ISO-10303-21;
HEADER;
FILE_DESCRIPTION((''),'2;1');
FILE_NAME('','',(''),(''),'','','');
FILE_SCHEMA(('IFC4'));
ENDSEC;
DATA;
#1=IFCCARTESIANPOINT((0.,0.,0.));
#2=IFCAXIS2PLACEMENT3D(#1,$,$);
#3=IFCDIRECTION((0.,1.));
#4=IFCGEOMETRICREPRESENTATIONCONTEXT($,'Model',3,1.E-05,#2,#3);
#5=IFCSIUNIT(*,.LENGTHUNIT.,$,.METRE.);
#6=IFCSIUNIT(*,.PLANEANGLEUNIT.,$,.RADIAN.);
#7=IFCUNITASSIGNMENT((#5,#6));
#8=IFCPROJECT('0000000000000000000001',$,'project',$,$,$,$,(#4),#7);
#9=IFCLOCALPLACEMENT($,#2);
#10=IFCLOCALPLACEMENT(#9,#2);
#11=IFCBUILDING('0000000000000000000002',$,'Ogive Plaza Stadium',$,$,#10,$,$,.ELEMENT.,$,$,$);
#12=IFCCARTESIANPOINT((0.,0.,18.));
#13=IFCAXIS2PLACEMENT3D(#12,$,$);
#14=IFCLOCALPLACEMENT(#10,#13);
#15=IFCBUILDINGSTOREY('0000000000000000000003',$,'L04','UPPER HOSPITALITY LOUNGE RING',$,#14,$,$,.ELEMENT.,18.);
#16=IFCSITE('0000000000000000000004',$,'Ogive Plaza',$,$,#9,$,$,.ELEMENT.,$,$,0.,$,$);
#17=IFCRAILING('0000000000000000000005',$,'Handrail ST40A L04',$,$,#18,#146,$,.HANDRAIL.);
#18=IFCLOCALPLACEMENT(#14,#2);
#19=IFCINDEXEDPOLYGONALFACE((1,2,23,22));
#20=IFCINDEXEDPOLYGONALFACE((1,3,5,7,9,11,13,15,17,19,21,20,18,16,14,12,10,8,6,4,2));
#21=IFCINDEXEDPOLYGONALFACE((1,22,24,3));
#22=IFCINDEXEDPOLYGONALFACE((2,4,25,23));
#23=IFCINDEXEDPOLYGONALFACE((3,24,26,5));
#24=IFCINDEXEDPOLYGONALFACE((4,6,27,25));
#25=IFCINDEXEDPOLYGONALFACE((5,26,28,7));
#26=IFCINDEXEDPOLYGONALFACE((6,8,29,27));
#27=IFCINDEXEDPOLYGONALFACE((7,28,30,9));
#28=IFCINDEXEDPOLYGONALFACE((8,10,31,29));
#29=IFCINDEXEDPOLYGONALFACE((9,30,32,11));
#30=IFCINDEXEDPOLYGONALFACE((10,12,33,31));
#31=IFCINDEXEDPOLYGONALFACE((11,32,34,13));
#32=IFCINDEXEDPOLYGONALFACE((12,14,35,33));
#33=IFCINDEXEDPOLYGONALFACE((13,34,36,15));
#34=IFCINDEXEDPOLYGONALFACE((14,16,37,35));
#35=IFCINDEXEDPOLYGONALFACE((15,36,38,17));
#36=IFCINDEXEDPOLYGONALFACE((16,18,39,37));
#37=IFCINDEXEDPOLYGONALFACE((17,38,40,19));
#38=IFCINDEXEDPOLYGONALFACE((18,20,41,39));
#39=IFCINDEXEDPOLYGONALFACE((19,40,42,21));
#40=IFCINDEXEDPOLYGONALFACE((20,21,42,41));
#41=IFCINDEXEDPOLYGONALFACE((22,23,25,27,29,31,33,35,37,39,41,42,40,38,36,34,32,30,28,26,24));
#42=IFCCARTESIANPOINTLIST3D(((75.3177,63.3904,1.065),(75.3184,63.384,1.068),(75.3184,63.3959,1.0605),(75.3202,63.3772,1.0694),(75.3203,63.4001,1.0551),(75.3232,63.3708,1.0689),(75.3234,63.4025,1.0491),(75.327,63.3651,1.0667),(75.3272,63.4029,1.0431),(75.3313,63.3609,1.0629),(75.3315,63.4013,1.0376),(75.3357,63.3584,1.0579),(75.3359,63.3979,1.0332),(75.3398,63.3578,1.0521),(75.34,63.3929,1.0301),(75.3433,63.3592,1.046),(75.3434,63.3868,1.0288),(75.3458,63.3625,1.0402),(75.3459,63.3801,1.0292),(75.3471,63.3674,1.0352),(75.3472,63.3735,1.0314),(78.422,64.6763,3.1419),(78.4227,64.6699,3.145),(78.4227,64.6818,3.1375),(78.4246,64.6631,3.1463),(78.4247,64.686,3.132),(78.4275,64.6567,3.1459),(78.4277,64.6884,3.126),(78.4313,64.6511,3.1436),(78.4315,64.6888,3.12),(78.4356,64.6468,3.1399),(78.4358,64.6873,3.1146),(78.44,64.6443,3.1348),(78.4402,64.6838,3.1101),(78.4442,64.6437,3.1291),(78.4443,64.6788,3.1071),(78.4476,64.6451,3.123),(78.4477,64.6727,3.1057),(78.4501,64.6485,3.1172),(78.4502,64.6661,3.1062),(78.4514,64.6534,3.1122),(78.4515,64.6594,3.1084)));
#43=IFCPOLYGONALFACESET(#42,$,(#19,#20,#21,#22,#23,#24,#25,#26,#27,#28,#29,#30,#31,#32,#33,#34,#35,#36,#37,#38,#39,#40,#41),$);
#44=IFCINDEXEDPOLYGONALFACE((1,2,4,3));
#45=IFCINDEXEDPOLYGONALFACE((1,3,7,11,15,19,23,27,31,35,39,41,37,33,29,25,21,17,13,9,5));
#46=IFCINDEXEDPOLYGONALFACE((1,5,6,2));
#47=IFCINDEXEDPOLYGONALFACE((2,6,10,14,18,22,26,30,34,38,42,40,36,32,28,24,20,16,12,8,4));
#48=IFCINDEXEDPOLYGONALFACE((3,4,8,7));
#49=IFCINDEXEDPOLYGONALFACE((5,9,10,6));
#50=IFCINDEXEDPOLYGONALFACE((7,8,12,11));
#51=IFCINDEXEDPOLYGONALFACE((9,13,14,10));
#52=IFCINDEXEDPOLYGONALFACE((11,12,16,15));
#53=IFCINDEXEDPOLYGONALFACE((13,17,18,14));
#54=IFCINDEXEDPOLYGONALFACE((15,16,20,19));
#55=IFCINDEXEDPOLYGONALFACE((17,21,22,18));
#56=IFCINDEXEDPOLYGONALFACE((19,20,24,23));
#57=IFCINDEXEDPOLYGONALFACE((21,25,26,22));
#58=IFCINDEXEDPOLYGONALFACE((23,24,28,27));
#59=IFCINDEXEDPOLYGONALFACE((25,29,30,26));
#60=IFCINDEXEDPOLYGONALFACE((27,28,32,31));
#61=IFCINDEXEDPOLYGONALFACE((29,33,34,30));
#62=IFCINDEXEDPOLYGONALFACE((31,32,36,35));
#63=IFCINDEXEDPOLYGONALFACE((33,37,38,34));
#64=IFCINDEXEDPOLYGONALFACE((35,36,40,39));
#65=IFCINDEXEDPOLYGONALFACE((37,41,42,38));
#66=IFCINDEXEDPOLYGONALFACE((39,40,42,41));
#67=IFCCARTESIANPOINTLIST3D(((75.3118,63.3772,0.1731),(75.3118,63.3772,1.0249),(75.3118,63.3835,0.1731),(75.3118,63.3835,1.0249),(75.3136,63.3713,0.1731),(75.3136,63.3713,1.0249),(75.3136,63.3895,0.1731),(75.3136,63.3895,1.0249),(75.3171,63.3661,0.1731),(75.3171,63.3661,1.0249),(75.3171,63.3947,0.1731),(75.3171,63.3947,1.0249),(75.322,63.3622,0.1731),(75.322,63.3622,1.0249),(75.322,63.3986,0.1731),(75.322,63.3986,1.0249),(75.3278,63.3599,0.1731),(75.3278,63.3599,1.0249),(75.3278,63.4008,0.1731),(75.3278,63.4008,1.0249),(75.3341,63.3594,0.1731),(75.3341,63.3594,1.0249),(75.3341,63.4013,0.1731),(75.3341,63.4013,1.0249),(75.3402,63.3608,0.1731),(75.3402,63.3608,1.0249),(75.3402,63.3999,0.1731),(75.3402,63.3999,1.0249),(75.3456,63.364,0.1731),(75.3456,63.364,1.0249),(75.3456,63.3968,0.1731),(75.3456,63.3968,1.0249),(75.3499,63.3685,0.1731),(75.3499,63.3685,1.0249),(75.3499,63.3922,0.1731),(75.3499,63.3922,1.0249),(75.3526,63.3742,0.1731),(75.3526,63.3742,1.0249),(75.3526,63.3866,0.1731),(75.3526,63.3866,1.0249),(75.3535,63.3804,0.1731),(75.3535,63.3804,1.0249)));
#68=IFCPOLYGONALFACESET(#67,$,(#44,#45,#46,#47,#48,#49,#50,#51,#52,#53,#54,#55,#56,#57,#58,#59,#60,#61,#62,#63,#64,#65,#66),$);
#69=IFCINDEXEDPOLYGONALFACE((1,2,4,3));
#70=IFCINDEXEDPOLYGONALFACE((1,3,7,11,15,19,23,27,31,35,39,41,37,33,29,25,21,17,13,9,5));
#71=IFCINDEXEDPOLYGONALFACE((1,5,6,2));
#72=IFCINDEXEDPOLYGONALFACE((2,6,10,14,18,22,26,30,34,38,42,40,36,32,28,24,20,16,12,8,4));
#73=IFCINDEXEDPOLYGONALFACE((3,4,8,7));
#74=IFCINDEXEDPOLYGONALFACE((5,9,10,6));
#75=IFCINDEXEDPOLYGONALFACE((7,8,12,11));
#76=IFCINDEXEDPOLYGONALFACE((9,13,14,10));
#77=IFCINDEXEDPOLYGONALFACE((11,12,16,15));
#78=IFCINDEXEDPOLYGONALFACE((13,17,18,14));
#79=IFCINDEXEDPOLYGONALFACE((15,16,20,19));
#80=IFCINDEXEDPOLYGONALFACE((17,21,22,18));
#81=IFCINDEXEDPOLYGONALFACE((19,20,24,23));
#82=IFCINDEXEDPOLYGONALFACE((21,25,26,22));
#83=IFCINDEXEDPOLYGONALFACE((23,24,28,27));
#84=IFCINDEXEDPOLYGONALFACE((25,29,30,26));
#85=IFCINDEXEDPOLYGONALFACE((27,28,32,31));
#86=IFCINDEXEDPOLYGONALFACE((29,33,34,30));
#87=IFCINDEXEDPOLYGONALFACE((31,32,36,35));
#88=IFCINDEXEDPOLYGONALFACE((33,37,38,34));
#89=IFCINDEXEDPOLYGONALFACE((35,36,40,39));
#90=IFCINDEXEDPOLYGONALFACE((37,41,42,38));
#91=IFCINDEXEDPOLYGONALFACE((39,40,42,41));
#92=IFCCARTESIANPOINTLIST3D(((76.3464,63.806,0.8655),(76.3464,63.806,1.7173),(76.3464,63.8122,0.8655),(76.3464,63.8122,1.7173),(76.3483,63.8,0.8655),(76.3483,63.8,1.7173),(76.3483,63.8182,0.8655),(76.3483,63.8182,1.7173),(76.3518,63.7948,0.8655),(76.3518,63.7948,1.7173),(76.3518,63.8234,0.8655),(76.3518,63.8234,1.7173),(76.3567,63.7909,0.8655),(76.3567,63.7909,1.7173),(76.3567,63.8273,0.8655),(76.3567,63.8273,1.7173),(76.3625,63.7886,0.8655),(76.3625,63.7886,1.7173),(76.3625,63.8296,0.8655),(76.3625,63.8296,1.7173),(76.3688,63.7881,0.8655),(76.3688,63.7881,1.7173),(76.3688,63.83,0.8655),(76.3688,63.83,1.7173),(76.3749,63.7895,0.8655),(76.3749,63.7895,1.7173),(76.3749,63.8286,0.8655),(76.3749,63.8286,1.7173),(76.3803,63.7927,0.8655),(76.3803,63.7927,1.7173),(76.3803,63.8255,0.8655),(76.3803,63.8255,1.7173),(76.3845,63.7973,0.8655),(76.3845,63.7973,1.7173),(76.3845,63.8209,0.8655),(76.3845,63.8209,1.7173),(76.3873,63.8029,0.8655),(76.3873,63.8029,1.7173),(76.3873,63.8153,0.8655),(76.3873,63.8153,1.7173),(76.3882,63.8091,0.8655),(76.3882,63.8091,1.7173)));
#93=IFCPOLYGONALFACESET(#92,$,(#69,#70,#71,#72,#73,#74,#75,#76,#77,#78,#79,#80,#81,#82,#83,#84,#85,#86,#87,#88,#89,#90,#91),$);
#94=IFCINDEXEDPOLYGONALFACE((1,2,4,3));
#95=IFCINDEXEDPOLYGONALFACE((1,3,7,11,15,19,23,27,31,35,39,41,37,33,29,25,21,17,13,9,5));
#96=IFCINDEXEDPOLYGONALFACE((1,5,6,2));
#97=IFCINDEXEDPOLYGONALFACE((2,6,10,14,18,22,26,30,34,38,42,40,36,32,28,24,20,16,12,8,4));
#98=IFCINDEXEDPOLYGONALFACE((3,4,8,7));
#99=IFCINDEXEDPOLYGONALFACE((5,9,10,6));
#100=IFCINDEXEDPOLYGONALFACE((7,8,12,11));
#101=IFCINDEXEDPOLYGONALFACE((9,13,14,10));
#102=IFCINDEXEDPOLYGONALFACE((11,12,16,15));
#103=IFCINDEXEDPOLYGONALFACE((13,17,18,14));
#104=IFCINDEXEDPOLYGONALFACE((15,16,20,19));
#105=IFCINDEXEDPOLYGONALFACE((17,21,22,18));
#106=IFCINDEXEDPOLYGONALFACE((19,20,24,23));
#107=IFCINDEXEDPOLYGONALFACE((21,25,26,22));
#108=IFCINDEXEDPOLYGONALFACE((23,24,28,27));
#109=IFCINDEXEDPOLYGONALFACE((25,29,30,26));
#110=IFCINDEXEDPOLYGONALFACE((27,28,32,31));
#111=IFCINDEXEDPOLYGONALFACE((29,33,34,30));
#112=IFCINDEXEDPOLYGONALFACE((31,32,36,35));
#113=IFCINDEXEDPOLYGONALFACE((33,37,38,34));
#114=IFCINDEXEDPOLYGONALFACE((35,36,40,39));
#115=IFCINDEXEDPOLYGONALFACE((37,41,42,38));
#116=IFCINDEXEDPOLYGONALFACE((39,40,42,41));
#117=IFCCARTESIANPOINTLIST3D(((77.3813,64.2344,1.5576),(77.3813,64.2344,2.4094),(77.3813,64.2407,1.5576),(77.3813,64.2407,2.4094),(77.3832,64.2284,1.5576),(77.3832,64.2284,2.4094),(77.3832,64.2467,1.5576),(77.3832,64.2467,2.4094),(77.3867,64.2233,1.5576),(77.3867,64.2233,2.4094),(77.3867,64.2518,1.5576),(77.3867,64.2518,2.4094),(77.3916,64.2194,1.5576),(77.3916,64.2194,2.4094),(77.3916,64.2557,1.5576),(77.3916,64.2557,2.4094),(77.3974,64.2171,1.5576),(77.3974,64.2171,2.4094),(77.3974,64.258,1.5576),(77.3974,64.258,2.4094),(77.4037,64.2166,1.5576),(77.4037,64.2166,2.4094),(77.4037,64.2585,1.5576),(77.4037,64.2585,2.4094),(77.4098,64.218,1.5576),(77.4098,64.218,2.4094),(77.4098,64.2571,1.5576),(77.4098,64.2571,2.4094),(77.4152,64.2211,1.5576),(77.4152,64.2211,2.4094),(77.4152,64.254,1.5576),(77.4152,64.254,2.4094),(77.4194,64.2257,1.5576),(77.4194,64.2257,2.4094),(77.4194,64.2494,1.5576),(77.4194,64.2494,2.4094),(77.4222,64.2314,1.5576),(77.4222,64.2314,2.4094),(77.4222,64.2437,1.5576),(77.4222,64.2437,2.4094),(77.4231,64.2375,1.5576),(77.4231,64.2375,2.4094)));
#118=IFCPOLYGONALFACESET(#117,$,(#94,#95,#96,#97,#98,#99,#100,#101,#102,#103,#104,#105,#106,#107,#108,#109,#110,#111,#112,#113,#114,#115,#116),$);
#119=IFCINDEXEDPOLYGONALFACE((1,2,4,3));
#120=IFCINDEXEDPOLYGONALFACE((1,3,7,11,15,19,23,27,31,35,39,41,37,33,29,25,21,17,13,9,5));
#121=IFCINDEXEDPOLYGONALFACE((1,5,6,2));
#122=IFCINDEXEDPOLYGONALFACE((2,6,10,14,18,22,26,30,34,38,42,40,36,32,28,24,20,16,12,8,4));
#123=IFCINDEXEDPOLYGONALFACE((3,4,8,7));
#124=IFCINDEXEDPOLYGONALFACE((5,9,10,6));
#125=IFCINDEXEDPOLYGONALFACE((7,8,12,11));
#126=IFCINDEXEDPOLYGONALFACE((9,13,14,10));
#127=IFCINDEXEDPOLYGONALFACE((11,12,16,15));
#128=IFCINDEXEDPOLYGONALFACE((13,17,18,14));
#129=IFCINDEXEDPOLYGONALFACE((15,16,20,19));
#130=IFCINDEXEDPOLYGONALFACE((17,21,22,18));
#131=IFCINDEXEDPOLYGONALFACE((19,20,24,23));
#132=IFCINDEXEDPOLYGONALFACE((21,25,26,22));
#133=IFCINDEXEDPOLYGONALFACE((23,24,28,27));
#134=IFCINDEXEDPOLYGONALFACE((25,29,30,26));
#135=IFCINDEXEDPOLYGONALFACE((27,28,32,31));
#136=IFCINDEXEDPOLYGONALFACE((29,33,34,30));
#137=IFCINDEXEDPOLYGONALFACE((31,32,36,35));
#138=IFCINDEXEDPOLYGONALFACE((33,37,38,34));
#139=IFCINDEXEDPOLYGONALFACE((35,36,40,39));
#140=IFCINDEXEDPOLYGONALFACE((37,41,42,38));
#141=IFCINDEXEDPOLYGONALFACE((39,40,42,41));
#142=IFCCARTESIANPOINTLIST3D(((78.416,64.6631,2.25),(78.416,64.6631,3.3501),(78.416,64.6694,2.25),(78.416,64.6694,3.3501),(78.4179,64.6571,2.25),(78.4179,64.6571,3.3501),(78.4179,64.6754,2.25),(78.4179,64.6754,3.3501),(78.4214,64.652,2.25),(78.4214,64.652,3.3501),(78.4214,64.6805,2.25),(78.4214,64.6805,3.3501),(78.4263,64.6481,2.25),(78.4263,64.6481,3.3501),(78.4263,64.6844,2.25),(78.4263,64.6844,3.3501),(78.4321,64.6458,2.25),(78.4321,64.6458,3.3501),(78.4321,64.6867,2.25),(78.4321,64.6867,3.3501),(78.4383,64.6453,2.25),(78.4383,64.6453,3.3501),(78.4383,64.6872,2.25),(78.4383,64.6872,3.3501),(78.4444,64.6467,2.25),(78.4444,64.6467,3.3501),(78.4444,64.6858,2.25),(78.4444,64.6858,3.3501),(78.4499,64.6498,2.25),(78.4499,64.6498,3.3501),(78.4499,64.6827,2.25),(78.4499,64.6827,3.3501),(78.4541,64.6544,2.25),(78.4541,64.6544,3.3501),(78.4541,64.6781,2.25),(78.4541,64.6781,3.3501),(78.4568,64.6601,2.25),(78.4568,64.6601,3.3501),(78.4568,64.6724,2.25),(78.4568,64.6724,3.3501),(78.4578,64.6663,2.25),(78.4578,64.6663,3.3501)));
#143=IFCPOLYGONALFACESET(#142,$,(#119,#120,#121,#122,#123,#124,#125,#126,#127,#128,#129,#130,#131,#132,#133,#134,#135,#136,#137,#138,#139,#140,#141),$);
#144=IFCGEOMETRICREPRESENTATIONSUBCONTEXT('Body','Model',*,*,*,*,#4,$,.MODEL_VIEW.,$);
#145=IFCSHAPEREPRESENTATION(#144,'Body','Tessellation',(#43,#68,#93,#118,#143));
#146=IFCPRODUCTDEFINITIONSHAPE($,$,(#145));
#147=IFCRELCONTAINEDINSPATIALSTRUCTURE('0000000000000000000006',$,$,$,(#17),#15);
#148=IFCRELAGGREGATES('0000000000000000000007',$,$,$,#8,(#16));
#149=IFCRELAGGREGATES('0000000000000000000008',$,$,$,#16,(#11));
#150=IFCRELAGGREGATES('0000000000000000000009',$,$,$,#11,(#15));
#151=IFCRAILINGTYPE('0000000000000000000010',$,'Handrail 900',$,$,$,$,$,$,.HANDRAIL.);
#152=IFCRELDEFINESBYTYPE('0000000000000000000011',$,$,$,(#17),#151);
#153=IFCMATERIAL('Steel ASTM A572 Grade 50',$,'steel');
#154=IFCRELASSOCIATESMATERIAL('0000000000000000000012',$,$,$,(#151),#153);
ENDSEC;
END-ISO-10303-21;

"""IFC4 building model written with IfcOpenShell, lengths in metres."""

from ifc_helpers import new_model, si_unit, direction, frame, origin, origin_2d, place, context, subcontext, project, spatial, circle, extrude, material, type_object, element, save


model = new_model("IFC4")

# Units and contexts
model_context = context("Model", 3, precision=1e-05, world=origin(), true_north=direction((0.0, 1.0)))
body_context = subcontext(model_context, "Body", "Model", "MODEL_VIEW")
ifc_project = project(units=[si_unit("LENGTHUNIT", "METRE"), si_unit("PLANEANGLEUNIT", "RADIAN")], contexts=[model_context])

# Site, building, storey
site_placement = place(None, origin())
site = spatial("IfcSite", under=ifc_project, at=site_placement, Name="Ogive Plaza", CompositionType="ELEMENT", RefElevation=0.0)
building_placement = place(site_placement, origin())
building = spatial("IfcBuilding", under=site, at=building_placement, Name="Ogive Plaza Stadium", CompositionType="ELEMENT")
storey_placement = place(building_placement, frame((0.0, 0.0, 18.0)))
storey = spatial("IfcBuildingStorey", under=building, at=storey_placement, Name="L04", Description="UPPER HOSPITALITY LOUNGE RING", CompositionType="ELEMENT", Elevation=18.0)

# Railing
ifc_material_1 = material(Name="Steel ASTM A572 Grade 50", Category="steel")
railing_type_1 = type_object("IfcRailingType", Name="Handrail 900", PredefinedType="HANDRAIL", material=ifc_material_1)
for number, where, name in (
    (1, (75.3325, 63.3804, 0.1731), "Handrail ST40A L04"),
):
    element("IfcRailing", number, at=place(storey_placement, frame(where)), inside=storey, type_object=railing_type_1, Name=name, PredefinedType="HANDRAIL", context=body_context, shape_type="SweptSolid", body=[
        extrude(circle(Radius=0.0239, at=origin_2d()), frame((0.0, 0.0, 0.876), z_axis=(0.785863, 0.325532, 0.525783), x_axis=(-0.3827, 0.923872, 0.0)), (0.0, 0.0, 1.0), 3.9502),
        extrude(circle(Radius=0.021, at=origin_2d()), origin(), (0.0, 0.0, 1.0), 0.8518),
        extrude(circle(Radius=0.021, at=origin_2d()), frame((1.0347, 0.4287, 0.6924)), (0.0, 0.0, 1.0), 0.8518),
        extrude(circle(Radius=0.021, at=origin_2d()), frame((2.0696, 0.8572, 1.3845)), (0.0, 0.0, 1.0), 0.8518),
        extrude(circle(Radius=0.021, at=origin_2d()), frame((3.1042, 1.2859, 2.0769)), (0.0, 0.0, 1.0), 1.1001),
    ])

save(model, "model.ifc")
